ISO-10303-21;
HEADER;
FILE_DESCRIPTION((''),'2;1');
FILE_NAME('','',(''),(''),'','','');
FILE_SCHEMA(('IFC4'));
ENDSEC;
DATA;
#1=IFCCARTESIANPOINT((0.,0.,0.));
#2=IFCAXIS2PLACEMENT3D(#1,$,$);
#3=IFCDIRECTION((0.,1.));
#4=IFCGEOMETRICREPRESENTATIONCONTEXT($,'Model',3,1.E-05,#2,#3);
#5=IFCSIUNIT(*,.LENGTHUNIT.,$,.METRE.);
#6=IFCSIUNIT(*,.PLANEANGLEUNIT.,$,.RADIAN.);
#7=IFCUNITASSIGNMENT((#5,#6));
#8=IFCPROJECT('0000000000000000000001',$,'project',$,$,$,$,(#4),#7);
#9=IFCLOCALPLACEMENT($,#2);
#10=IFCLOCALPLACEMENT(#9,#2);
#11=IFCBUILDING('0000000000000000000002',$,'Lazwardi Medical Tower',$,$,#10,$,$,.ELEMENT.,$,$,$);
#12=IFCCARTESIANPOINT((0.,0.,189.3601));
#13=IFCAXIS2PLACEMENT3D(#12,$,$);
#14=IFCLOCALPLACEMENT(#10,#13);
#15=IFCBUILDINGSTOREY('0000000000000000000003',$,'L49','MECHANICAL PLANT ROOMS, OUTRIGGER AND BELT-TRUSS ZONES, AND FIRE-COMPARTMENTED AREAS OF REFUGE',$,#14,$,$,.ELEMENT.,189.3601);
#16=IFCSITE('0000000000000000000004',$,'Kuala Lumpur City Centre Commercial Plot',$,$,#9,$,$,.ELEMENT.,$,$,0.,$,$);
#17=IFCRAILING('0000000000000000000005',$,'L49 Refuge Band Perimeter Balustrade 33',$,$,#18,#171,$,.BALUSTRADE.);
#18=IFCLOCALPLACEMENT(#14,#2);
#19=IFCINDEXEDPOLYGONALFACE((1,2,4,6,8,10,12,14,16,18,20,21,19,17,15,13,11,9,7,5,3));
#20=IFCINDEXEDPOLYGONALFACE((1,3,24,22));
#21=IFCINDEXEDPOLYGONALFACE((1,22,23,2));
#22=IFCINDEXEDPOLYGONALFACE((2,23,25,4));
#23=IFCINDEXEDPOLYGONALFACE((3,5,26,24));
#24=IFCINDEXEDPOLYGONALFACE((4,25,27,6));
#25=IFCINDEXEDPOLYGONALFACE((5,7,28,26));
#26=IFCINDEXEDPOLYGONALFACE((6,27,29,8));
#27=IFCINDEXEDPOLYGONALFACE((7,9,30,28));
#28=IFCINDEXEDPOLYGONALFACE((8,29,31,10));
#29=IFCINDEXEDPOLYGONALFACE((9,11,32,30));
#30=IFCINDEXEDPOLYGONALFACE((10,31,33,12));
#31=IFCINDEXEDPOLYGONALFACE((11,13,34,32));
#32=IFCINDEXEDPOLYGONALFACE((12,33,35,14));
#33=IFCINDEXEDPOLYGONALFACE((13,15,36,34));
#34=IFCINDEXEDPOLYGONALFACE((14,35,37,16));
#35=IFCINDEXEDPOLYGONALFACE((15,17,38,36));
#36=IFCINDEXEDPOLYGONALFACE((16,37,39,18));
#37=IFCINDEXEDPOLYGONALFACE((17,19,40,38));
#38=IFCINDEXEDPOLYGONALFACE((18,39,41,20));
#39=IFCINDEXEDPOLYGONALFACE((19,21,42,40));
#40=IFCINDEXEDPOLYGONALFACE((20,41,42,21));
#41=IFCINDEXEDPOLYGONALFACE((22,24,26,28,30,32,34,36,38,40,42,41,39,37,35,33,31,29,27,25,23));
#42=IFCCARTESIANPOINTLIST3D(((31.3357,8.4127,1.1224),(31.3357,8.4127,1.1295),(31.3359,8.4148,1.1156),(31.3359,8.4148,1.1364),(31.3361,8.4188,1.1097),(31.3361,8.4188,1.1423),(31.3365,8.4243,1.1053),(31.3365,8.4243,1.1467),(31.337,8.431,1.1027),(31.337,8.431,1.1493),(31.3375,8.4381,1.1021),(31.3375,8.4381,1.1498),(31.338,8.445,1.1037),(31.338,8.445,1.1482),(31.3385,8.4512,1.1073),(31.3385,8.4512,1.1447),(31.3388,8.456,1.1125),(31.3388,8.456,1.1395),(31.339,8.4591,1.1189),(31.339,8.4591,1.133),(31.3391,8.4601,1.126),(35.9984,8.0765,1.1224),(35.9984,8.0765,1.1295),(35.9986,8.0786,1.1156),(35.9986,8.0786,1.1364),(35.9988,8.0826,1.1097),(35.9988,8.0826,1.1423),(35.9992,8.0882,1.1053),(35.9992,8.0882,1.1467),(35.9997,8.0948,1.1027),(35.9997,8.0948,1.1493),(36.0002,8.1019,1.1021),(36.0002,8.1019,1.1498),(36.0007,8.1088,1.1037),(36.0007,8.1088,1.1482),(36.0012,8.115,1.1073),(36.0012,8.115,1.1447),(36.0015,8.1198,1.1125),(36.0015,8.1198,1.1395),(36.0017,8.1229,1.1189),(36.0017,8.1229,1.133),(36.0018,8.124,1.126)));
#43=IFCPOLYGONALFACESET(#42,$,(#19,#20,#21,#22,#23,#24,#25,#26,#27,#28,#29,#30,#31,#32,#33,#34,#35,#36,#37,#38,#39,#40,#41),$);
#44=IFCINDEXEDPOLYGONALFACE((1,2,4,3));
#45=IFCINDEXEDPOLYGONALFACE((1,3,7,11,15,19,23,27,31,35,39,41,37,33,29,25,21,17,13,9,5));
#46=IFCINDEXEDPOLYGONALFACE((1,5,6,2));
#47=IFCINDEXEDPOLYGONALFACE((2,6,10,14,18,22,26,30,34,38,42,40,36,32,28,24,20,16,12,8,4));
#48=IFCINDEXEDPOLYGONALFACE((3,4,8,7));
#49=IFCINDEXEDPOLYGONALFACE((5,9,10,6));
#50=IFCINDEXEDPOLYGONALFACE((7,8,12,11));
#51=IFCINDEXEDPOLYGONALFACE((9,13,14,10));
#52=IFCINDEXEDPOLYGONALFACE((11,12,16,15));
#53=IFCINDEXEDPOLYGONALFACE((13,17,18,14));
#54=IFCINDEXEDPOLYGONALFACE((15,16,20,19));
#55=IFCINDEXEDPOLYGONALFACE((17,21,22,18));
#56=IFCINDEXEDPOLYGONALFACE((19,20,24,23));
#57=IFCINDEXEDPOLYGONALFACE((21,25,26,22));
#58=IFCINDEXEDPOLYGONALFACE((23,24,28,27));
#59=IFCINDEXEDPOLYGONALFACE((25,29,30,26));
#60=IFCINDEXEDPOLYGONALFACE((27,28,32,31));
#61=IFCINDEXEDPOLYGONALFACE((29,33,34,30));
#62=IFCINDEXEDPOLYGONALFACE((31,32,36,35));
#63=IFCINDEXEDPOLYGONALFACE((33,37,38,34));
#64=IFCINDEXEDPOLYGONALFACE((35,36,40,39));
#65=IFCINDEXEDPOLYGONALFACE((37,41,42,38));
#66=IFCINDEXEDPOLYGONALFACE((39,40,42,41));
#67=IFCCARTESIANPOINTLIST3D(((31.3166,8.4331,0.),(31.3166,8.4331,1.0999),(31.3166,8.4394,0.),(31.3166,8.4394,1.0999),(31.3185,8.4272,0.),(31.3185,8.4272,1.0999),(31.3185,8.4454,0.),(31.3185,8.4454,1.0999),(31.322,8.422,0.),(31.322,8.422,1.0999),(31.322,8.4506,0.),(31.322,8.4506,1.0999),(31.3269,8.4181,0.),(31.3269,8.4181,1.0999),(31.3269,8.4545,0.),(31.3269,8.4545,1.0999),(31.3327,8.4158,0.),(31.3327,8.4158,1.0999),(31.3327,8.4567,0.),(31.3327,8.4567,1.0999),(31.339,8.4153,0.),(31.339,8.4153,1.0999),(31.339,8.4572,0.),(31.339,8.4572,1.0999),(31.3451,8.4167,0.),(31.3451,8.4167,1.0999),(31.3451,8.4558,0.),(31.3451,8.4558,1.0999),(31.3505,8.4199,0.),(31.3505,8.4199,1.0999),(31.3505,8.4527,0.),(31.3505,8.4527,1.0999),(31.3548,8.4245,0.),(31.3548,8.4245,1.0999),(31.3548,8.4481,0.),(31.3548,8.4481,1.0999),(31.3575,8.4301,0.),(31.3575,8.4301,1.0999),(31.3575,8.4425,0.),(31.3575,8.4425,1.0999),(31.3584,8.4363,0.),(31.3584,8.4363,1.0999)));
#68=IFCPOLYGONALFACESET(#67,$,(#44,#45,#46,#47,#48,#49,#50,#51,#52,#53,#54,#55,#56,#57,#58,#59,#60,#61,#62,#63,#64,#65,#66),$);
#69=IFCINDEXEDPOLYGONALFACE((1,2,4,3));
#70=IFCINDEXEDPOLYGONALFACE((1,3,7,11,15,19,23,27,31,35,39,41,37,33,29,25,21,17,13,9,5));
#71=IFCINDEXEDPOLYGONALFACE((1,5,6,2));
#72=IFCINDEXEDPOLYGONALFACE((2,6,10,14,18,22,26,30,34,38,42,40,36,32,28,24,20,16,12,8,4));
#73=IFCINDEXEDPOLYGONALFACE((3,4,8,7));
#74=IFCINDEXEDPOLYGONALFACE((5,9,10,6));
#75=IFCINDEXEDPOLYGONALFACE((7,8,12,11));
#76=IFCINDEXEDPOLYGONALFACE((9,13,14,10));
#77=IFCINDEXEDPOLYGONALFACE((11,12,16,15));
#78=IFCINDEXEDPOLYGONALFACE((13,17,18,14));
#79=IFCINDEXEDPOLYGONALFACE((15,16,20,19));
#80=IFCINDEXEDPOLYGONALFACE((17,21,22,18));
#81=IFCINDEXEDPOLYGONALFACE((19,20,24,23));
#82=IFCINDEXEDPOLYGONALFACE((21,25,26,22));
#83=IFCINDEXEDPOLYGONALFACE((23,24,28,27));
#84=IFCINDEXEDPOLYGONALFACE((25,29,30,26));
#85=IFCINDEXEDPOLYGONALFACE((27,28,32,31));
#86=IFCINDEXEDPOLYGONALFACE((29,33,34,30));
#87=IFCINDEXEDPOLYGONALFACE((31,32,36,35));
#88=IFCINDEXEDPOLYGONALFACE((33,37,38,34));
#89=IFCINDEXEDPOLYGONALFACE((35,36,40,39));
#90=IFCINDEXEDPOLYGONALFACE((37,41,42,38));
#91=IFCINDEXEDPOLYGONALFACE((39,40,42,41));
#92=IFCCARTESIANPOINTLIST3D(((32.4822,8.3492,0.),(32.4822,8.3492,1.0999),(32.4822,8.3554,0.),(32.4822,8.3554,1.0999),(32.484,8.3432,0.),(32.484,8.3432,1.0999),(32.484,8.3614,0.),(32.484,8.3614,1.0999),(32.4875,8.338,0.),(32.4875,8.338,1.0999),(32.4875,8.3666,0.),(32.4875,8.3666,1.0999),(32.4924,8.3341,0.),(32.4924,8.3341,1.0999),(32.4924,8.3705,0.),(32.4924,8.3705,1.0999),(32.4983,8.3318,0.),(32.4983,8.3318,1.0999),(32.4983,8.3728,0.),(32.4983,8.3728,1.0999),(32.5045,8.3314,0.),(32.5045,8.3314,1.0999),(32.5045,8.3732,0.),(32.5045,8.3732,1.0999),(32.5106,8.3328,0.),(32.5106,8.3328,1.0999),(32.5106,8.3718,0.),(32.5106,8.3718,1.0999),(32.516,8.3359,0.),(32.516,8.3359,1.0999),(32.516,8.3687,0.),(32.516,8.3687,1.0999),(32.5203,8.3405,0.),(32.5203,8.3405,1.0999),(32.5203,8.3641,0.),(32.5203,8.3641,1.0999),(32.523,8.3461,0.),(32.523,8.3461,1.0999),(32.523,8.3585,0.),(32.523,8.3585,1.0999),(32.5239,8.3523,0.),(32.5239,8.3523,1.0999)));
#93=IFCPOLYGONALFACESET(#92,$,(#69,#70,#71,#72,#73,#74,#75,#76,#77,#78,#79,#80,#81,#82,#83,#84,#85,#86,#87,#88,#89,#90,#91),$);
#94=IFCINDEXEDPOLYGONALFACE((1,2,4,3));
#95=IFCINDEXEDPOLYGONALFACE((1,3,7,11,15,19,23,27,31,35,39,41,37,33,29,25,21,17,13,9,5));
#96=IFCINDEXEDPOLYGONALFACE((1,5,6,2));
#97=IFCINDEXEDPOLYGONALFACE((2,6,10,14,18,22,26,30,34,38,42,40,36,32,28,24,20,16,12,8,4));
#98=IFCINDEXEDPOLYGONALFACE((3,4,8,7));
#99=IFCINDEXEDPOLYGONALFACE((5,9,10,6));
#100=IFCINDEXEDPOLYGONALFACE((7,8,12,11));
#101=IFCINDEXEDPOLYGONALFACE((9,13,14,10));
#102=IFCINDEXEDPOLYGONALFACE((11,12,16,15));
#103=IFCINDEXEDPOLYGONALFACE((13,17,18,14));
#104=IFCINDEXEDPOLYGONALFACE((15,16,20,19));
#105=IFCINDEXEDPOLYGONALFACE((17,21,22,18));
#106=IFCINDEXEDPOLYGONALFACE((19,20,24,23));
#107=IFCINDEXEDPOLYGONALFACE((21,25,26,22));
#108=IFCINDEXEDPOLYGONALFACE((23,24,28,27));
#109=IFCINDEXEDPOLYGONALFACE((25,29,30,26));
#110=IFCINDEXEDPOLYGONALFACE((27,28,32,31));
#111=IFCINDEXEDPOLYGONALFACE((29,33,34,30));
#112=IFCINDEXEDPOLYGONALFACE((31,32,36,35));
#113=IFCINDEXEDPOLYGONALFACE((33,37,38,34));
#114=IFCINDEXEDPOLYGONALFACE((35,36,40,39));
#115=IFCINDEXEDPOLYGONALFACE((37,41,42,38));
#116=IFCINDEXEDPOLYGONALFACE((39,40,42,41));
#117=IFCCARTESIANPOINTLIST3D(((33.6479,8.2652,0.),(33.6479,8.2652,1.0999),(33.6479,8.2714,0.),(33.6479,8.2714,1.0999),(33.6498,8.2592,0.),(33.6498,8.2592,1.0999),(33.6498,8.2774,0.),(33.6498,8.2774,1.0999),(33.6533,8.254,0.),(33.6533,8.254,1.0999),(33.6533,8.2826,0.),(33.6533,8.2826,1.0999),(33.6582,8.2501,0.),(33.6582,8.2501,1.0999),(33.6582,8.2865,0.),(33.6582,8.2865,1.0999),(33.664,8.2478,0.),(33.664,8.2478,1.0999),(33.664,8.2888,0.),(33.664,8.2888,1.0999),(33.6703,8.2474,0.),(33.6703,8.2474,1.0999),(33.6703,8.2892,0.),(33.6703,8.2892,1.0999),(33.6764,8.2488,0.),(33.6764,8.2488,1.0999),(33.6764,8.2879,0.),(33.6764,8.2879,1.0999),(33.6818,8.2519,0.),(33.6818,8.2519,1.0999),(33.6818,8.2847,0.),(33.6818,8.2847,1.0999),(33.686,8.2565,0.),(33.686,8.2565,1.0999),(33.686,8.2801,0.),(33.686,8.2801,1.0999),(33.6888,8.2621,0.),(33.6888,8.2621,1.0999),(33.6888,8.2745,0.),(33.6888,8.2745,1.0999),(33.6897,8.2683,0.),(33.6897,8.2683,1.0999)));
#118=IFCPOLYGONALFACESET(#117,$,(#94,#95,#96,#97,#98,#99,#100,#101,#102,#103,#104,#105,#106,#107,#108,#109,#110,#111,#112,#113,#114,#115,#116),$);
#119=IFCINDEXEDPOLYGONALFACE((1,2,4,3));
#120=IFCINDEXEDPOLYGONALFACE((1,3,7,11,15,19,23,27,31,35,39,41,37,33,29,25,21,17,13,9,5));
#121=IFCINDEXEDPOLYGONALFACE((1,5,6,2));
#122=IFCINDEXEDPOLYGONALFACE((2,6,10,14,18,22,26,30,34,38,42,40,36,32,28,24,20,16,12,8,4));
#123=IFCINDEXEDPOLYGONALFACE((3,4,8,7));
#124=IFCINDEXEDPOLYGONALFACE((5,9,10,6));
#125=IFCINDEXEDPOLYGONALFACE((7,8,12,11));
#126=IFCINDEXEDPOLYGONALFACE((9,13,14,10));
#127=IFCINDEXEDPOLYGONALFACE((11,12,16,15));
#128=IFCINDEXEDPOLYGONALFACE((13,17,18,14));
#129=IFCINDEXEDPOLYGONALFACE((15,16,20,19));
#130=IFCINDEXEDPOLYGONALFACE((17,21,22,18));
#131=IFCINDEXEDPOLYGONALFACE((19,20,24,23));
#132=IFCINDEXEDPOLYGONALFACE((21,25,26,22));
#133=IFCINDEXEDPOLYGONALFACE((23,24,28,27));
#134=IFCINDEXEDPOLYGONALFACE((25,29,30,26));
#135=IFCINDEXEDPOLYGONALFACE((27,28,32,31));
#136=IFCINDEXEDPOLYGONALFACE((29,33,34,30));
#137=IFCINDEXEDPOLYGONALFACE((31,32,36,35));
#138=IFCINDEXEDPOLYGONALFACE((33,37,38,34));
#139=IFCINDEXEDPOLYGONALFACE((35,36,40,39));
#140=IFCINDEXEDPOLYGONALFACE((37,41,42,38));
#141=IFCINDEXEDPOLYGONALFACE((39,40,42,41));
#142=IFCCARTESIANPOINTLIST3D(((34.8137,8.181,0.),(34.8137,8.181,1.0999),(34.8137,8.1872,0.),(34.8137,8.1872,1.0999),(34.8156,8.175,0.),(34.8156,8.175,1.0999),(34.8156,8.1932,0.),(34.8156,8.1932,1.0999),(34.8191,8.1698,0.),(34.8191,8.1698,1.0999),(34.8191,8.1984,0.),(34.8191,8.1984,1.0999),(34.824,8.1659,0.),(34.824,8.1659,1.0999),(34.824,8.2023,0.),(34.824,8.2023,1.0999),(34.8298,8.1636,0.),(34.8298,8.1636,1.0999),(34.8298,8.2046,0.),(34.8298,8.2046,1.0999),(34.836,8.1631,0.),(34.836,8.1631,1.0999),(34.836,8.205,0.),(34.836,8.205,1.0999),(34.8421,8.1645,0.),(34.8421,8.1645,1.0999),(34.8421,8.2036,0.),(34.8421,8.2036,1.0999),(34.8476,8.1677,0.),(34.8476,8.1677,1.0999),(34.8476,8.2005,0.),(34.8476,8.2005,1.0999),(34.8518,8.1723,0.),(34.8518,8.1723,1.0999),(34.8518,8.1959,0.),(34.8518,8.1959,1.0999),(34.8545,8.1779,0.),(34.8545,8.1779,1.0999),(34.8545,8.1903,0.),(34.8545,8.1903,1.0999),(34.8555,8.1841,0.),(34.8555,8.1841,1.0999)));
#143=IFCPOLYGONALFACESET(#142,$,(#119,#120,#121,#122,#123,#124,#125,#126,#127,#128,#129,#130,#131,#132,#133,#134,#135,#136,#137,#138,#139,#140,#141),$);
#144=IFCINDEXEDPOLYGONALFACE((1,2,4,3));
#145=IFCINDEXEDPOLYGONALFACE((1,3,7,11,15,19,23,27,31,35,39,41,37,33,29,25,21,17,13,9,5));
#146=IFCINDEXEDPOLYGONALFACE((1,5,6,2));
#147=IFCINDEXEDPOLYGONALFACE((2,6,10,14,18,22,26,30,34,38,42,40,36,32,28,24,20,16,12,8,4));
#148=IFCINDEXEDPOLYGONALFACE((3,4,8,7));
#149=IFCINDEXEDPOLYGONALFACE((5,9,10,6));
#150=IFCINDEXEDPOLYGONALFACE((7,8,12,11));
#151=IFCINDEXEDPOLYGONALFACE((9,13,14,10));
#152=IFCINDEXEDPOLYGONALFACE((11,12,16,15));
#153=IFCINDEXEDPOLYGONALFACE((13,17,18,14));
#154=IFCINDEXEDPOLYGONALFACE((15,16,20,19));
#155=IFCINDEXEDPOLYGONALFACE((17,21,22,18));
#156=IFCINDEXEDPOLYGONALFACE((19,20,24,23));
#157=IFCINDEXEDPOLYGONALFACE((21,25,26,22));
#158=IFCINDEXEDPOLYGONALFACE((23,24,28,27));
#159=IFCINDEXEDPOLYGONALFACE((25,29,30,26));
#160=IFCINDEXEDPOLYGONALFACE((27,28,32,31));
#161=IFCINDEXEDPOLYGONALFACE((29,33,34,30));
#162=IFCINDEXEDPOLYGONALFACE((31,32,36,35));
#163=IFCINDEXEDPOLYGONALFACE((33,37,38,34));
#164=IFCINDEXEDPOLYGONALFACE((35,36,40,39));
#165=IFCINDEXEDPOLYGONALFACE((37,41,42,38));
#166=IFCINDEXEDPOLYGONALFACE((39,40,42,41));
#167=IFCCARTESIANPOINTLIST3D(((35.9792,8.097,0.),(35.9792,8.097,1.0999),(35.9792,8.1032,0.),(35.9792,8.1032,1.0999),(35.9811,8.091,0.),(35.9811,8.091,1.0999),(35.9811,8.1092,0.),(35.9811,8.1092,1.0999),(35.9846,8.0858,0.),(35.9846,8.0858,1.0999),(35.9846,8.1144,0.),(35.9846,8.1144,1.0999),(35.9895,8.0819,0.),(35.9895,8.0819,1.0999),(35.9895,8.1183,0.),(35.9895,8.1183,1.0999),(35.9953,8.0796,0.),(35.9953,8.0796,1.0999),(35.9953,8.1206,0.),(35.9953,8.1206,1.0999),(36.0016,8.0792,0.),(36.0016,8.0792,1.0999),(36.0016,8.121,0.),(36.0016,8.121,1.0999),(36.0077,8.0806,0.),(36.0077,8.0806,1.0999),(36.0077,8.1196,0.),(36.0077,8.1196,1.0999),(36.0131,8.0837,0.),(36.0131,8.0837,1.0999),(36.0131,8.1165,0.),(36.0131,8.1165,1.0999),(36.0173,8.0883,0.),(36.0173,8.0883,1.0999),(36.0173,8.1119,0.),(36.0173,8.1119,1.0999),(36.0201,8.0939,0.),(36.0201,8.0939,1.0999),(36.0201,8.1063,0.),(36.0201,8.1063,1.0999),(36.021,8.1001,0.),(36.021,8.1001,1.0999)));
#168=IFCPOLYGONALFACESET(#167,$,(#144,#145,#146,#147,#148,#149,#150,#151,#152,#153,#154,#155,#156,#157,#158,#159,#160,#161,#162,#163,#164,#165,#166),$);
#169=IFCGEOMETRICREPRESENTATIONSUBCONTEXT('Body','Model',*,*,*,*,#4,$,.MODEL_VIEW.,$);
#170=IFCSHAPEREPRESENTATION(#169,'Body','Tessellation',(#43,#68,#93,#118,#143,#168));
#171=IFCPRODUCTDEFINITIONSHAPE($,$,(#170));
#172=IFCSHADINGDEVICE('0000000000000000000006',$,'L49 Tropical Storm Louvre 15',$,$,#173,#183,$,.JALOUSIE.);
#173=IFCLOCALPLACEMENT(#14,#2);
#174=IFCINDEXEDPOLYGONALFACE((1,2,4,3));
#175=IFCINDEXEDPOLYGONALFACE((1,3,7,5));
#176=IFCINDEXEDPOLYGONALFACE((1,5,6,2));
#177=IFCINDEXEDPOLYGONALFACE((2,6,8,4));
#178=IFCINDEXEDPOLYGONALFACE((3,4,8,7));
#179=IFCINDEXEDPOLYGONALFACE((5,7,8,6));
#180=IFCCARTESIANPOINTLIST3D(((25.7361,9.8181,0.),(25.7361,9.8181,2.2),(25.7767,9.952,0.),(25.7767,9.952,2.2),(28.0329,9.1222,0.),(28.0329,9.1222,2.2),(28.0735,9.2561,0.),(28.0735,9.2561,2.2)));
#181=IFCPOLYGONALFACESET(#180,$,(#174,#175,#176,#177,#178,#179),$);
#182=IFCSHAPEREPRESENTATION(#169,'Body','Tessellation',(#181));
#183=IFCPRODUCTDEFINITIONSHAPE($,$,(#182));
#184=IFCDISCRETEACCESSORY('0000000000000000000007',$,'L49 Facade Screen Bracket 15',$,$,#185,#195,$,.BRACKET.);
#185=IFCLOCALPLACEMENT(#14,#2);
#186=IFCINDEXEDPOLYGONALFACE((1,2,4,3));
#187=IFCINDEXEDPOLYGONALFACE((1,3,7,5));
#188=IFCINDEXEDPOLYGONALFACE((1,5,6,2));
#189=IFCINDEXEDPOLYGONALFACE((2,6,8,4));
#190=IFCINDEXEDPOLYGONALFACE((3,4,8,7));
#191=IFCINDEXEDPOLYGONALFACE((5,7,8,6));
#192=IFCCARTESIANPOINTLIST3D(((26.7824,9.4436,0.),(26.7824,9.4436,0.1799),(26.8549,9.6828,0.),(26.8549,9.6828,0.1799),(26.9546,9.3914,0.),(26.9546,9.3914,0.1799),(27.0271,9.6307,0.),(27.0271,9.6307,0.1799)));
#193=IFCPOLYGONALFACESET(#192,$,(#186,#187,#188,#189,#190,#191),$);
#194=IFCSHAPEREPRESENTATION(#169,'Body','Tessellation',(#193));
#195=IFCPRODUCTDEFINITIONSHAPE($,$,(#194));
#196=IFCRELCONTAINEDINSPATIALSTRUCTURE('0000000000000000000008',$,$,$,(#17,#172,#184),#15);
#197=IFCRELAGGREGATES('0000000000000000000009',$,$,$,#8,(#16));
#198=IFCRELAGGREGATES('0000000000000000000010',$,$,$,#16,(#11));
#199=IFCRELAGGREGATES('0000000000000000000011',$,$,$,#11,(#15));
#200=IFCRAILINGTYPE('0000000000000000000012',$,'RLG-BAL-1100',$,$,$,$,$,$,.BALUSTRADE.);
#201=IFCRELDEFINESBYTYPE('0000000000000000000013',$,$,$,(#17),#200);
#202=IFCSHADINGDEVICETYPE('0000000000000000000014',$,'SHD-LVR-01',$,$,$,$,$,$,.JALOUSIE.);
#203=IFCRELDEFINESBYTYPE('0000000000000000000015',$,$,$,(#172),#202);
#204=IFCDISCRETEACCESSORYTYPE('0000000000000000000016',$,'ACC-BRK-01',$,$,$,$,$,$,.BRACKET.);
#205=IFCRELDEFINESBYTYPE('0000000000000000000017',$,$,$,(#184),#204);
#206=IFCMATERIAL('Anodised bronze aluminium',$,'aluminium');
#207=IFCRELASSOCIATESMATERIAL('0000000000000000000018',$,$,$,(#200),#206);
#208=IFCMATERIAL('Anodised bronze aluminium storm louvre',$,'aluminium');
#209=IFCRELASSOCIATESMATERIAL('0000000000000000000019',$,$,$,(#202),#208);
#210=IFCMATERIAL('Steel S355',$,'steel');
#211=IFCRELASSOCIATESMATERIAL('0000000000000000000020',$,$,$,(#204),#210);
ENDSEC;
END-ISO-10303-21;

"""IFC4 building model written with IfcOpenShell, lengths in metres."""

from ifc_helpers import new_model, si_unit, direction, frame, origin, origin_2d, place, context, subcontext, project, spatial, rectangle, circle, extrude, material, type_object, element, save


model = new_model("IFC4")

# Units and contexts
model_context = context("Model", 3, precision=1e-05, world=origin(), true_north=direction((0.0, 1.0)))
body_context = subcontext(model_context, "Body", "Model", "MODEL_VIEW")
ifc_project = project(units=[si_unit("LENGTHUNIT", "METRE"), si_unit("PLANEANGLEUNIT", "RADIAN")], contexts=[model_context])

# Site, building, storey
site_placement = place(None, origin())
site = spatial("IfcSite", under=ifc_project, at=site_placement, Name="Kuala Lumpur City Centre Commercial Plot", CompositionType="ELEMENT", RefElevation=0.0)
building_placement = place(site_placement, origin())
building = spatial("IfcBuilding", under=site, at=building_placement, Name="Lazwardi Medical Tower", CompositionType="ELEMENT")
storey_placement = place(building_placement, frame((0.0, 0.0, 189.3601)))
storey = spatial("IfcBuildingStorey", under=building, at=storey_placement, Name="L49", Description="MECHANICAL PLANT ROOMS, OUTRIGGER AND BELT-TRUSS ZONES, AND FIRE-COMPARTMENTED AREAS OF REFUGE", CompositionType="ELEMENT", Elevation=189.3601)

# Shared definitions
ifc_material_1 = material(Name="Steel S355", Category="steel")

# Railing
ifc_material_2 = material(Name="Anodised bronze aluminium", Category="aluminium")
railing_type = type_object("IfcRailingType", Name="RLG-BAL-1100", PredefinedType="BALUSTRADE", material=ifc_material_2)
railing_1_placement = place(storey_placement, frame((31.3374, 8.4363, 0.0)))
element("IfcRailing", 1, at=railing_1_placement, inside=storey, type_object=railing_type, Name="L49 Refuge Band Perimeter Balustrade 33", PredefinedType="BALUSTRADE", context=body_context, shape_type="SweptSolid", body=[
    extrude(circle(Radius=0.0239, at=origin_2d()), frame((0.0, 0.0, 1.126), z_axis=(0.997411, -0.071915, 0.0), x_axis=(0.071915, 0.997411, 0.0)), (0.0, 0.0, 1.0), 4.6748),
    extrude(circle(Radius=0.021, at=origin_2d()), origin(), (0.0, 0.0, 1.0), 1.0999),
    extrude(circle(Radius=0.021, at=origin_2d()), frame((1.1655, -0.084, 0.0)), (0.0, 0.0, 1.0), 1.0999),
    extrude(circle(Radius=0.021, at=origin_2d()), frame((2.3313, -0.168, 0.0)), (0.0, 0.0, 1.0), 1.0999),
    extrude(circle(Radius=0.021, at=origin_2d()), frame((3.4971, -0.2522, 0.0)), (0.0, 0.0, 1.0), 1.0999),
    extrude(circle(Radius=0.021, at=origin_2d()), frame((4.6626, -0.3362, 0.0)), (0.0, 0.0, 1.0), 1.0999),
])

# Shading device
ifc_material_3 = material(Name="Anodised bronze aluminium storm louvre", Category="aluminium")
shading_device_type = type_object("IfcShadingDeviceType", Name="SHD-LVR-01", PredefinedType="JALOUSIE", material=ifc_material_3)
shading_device_placement = place(storey_placement, frame((26.9048, 9.5371, 0.0), z_axis=(0.0, 0.0, 1.0), x_axis=(0.957032, -0.289981, 0.0)))
element("IfcShadingDevice", 2, at=shading_device_placement, inside=storey, type_object=shading_device_type, Name="L49 Tropical Storm Louvre 15", PredefinedType="JALOUSIE", context=body_context, shape_type="SweptSolid", body=[
    extrude(rectangle(XDim=2.3999, YDim=0.1399, at=origin_2d()), origin(), (0.0, 0.0, 1.0), 2.2),
])

# Discrete accessory
discrete_accessory_type = type_object("IfcDiscreteAccessoryType", Name="ACC-BRK-01", PredefinedType="BRACKET", material=ifc_material_1)
discrete_accessory_placement = place(storey_placement, frame((26.9048, 9.5371, 0.0), z_axis=(0.0, 0.0, 1.0), x_axis=(0.957032, -0.289981, 0.0)))
element("IfcDiscreteAccessory", 3, at=discrete_accessory_placement, inside=storey, type_object=discrete_accessory_type, Name="L49 Facade Screen Bracket 15", PredefinedType="BRACKET", context=body_context, shape_type="SweptSolid", body=[
    extrude(rectangle(XDim=0.1799, YDim=0.25, at=origin_2d()), origin(), (0.0, 0.0, 1.0), 0.1799),
])

save(model, "model.ifc")
